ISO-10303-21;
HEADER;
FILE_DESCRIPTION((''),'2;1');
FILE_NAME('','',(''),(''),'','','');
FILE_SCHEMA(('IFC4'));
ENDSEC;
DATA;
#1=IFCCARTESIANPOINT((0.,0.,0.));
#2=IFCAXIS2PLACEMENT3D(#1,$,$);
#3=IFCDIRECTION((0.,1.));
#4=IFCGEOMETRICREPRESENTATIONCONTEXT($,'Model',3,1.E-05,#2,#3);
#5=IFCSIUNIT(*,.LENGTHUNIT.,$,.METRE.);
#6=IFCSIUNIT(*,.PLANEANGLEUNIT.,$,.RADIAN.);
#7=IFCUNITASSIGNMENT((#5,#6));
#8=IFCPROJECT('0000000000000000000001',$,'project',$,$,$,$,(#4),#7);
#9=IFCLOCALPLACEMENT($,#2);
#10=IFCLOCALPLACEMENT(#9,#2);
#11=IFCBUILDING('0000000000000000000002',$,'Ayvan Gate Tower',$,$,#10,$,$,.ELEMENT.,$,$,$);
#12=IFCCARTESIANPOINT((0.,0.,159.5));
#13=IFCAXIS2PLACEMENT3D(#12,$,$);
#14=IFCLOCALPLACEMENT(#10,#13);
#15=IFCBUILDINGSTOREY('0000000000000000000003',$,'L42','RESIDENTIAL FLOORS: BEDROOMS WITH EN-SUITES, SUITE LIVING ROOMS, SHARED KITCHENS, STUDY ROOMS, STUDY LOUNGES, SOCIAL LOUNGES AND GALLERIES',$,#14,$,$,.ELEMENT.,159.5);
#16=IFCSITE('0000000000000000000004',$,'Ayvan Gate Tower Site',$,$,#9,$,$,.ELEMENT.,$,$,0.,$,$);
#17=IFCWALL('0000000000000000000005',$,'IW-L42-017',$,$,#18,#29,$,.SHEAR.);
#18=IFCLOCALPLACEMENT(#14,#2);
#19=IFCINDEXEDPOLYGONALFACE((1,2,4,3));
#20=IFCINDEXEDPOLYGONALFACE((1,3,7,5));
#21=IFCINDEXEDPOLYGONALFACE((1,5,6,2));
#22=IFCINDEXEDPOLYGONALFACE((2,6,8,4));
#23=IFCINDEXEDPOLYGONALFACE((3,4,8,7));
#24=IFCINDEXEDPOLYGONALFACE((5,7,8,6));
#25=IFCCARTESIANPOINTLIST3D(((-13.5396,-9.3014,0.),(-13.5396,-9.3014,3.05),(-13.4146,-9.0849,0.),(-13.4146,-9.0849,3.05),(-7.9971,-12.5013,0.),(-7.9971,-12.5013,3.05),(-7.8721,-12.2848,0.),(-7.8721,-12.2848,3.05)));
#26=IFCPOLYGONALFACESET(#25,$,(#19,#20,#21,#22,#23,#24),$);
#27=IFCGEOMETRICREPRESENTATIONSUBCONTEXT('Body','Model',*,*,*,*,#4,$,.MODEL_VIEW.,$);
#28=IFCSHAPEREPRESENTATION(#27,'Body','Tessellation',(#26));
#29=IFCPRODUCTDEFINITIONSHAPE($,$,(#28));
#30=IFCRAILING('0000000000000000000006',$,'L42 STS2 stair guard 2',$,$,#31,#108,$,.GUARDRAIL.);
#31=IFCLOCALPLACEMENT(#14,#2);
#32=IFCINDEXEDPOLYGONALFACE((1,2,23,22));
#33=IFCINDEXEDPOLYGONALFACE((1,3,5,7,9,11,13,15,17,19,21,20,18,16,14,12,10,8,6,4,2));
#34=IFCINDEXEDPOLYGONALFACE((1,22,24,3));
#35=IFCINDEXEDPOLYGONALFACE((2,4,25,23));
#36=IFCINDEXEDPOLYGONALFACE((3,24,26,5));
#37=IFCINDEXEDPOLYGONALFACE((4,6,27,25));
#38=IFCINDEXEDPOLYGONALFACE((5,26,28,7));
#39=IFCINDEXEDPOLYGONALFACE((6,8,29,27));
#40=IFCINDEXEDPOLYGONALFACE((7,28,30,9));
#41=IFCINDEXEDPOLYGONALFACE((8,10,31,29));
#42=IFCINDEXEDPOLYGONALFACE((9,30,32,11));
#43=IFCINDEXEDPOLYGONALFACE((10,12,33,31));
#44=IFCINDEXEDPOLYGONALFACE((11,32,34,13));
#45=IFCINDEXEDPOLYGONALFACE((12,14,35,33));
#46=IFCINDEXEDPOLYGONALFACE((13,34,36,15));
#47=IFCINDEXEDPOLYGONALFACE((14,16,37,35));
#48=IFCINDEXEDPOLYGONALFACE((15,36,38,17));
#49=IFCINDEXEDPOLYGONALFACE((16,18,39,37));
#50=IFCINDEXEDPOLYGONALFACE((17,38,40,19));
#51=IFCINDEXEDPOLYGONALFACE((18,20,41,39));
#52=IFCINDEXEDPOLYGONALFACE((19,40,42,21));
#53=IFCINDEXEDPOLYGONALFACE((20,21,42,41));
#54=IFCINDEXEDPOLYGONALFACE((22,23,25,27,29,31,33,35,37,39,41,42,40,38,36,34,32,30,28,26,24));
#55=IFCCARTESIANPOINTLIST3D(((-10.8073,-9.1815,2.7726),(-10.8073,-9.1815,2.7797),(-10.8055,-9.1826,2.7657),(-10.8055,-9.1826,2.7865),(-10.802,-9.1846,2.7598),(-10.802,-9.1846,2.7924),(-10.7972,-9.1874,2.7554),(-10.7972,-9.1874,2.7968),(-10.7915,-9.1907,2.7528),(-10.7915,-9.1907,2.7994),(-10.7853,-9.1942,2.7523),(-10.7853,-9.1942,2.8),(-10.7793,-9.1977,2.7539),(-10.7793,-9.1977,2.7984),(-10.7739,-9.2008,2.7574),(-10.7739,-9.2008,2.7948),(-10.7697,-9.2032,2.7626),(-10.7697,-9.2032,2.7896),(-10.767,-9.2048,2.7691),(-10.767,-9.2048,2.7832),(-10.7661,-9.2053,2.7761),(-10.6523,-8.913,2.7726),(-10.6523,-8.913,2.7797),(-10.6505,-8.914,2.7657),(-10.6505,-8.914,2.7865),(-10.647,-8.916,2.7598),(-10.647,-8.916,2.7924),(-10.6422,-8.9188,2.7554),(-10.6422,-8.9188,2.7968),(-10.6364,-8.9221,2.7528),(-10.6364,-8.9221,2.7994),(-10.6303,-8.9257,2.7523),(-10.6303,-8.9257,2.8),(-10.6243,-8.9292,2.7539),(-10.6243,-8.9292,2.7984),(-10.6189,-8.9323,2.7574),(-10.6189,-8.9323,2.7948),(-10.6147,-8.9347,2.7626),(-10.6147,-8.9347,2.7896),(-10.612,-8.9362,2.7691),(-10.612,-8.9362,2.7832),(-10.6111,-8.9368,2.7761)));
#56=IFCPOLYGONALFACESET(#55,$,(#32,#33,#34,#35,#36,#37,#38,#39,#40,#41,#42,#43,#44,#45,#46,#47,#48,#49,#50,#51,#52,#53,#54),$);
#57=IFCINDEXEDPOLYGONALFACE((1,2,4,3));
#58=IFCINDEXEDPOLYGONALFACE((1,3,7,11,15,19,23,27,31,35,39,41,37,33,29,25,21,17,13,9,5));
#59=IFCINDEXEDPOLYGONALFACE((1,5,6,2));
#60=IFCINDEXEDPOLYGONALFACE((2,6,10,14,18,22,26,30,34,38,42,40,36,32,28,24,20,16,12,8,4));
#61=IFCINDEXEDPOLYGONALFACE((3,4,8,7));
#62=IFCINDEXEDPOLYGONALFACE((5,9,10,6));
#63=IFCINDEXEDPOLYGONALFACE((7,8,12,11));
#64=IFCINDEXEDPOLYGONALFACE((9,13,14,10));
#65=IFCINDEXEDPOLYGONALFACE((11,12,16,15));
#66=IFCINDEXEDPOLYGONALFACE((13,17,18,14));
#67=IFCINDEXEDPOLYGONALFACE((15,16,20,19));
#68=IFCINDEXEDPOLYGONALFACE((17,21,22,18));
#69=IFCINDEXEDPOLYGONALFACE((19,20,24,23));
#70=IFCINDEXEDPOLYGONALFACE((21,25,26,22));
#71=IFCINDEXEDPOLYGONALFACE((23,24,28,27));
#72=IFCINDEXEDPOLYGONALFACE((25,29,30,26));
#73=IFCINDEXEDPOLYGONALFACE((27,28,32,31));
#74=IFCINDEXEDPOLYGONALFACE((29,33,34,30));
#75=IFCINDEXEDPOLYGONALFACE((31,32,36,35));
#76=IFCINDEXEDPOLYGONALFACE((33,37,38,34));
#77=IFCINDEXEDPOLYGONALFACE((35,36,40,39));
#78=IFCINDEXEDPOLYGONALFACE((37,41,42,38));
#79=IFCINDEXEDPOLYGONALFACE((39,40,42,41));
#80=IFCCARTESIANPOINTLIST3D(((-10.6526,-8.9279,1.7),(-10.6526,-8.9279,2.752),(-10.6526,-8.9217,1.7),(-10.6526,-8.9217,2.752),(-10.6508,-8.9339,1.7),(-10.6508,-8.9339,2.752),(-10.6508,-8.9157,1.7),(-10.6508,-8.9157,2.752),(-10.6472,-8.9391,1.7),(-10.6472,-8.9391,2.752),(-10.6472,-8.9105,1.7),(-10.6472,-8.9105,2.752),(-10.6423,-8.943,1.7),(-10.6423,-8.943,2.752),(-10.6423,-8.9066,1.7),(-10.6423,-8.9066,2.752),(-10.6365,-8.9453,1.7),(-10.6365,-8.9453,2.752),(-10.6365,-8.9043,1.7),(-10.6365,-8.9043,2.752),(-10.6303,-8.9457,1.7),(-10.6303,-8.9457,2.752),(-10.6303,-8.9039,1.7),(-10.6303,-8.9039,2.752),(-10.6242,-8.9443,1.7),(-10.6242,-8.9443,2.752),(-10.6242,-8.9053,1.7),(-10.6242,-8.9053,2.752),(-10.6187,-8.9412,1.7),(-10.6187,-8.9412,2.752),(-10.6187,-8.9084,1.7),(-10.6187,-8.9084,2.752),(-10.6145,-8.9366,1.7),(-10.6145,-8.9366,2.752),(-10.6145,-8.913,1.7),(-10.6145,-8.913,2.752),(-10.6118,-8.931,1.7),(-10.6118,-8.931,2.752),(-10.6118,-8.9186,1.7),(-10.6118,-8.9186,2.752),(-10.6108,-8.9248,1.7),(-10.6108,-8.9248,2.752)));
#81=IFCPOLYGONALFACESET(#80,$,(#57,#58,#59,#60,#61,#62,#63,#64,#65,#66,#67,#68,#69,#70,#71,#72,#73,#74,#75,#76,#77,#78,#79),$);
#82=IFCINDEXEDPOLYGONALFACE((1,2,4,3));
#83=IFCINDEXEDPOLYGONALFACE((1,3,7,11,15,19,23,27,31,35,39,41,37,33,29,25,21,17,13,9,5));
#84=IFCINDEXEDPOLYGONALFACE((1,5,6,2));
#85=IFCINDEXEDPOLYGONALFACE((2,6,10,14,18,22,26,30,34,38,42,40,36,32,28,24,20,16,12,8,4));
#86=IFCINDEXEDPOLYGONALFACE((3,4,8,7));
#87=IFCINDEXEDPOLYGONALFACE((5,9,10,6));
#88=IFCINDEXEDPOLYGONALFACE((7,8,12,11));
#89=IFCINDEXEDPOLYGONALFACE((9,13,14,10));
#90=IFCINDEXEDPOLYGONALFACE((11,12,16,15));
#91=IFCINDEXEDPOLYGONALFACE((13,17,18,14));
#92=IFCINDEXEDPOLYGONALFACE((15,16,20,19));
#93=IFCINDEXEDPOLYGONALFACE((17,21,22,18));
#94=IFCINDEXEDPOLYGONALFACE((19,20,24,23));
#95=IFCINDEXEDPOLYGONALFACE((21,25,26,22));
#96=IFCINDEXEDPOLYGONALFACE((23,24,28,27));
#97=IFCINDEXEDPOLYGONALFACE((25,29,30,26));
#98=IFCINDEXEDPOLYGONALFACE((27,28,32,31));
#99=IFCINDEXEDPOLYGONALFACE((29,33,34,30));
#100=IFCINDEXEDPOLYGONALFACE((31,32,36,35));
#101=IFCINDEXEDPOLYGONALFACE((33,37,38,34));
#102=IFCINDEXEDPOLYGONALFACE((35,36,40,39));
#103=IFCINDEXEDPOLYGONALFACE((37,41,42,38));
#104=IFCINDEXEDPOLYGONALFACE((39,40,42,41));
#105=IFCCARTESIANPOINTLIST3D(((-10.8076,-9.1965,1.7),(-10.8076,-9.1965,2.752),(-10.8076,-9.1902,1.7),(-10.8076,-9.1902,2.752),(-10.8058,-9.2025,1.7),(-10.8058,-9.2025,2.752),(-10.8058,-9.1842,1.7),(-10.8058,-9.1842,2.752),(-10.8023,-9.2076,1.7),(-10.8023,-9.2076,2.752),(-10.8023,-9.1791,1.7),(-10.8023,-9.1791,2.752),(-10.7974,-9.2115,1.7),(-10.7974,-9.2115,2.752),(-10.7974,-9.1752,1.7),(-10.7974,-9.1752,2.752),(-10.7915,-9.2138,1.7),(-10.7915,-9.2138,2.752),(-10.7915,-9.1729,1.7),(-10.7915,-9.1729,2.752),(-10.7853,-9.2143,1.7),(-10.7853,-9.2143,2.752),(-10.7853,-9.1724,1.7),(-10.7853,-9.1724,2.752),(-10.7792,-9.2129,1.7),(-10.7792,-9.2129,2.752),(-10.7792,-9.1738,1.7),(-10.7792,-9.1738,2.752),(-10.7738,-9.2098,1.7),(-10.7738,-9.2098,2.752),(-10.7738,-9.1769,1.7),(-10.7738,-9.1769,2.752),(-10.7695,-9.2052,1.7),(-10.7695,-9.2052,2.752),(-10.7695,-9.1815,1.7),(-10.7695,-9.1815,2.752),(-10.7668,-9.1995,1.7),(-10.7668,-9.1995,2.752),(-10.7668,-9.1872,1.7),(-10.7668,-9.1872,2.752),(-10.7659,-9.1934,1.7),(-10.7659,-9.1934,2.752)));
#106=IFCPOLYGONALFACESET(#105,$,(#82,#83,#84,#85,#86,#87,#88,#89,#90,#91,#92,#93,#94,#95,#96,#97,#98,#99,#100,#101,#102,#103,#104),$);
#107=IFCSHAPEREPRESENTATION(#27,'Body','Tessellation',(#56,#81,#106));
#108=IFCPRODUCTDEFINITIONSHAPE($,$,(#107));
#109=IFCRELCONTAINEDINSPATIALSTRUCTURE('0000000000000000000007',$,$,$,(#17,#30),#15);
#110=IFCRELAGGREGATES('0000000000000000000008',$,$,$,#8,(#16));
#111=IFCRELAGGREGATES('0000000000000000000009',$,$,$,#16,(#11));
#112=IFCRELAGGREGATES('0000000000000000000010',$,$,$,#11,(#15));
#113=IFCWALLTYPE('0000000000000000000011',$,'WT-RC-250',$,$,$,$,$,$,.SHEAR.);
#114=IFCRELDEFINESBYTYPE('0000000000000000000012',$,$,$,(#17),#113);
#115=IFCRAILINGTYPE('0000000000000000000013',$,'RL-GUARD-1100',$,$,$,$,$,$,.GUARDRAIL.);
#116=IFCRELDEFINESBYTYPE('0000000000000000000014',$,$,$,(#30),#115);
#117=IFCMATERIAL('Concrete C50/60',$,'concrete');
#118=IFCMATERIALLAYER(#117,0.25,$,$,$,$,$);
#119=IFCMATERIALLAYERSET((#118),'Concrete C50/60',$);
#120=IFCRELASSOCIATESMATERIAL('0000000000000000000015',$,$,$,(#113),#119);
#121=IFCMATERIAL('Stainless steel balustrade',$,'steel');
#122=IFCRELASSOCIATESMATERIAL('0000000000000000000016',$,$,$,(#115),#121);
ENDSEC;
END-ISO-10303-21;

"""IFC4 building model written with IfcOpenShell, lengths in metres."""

from ifc_helpers import new_model, si_unit, direction, frame, frame_2d, origin, origin_2d, place, context, subcontext, project, spatial, rectangle, circle, extrude, material, layer, layer_set, type_object, element, save


model = new_model("IFC4")

# Units and contexts
model_context = context("Model", 3, precision=1e-05, world=origin(), true_north=direction((0.0, 1.0)))
body_context = subcontext(model_context, "Body", "Model", "MODEL_VIEW")
ifc_project = project(units=[si_unit("LENGTHUNIT", "METRE"), si_unit("PLANEANGLEUNIT", "RADIAN")], contexts=[model_context])

# Site, building, storey
site_placement = place(None, origin())
site = spatial("IfcSite", under=ifc_project, at=site_placement, Name="Ayvan Gate Tower Site", CompositionType="ELEMENT", RefElevation=0.0)
building_placement = place(site_placement, origin())
building = spatial("IfcBuilding", under=site, at=building_placement, Name="Ayvan Gate Tower", CompositionType="ELEMENT")
storey_placement = place(building_placement, frame((0.0, 0.0, 159.5)))
storey = spatial("IfcBuildingStorey", under=building, at=storey_placement, Name="L42", Description="RESIDENTIAL FLOORS: BEDROOMS WITH EN-SUITES, SUITE LIVING ROOMS, SHARED KITCHENS, STUDY ROOMS, STUDY LOUNGES, SOCIAL LOUNGES AND GALLERIES", CompositionType="ELEMENT", Elevation=159.5)

# Shared definitions
ifc_material_1 = material(Name="Concrete C50/60", Category="concrete")
ifc_layer_1 = layer(ifc_material_1, 0.25)
ifc_layer_set_1 = layer_set([ifc_layer_1], Name="Concrete C50/60")
wall_type_1 = type_object("IfcWallType", Name="WT-RC-250", PredefinedType="SHEAR", material=ifc_layer_set_1)

# Wall
wall_1_placement = place(storey_placement, frame((-13.4771, -9.1931, 0.0), z_axis=(0.0, 0.0, 1.0), x_axis=(0.866025, -0.5, 0.0)))
element("IfcWall", 1, at=wall_1_placement, inside=storey, type_object=wall_type_1, Name="IW-L42-017", PredefinedType="SHEAR", context=body_context, shape_type="SweptSolid", body=[
    extrude(rectangle(XDim=6.3999, YDim=0.25, at=frame_2d((3.2, 0.0))), origin(), (0.0, 0.0, 1.0), 3.05),
])

# Railing
ifc_material_2 = material(Name="Stainless steel balustrade", Category="steel")
railing_type_1 = type_object("IfcRailingType", Name="RL-GUARD-1100", PredefinedType="GUARDRAIL", material=ifc_material_2)
railing_1_placement = place(storey_placement, frame((-10.6318, -8.9248, 1.7)))
element("IfcRailing", 2, at=railing_1_placement, inside=storey, type_object=railing_type_1, Name="L42 STS2 stair guard 2", PredefinedType="GUARDRAIL", context=body_context, shape_type="SweptSolid", body=[
    extrude(circle(Radius=0.0239, at=origin_2d()), frame((0.0, 0.0, 1.0762), z_axis=(-0.49995, -0.866054, 0.0), x_axis=(0.866054, -0.49995, 0.0)), (0.0, 0.0, 1.0), 0.3101),
    extrude(circle(Radius=0.021, at=origin_2d()), origin(), (0.0, 0.0, 1.0), 1.052),
    extrude(circle(Radius=0.021, at=origin_2d()), frame((-0.155, -0.2686, 0.0)), (0.0, 0.0, 1.0), 1.052),
])

save(model, "model.ifc")
